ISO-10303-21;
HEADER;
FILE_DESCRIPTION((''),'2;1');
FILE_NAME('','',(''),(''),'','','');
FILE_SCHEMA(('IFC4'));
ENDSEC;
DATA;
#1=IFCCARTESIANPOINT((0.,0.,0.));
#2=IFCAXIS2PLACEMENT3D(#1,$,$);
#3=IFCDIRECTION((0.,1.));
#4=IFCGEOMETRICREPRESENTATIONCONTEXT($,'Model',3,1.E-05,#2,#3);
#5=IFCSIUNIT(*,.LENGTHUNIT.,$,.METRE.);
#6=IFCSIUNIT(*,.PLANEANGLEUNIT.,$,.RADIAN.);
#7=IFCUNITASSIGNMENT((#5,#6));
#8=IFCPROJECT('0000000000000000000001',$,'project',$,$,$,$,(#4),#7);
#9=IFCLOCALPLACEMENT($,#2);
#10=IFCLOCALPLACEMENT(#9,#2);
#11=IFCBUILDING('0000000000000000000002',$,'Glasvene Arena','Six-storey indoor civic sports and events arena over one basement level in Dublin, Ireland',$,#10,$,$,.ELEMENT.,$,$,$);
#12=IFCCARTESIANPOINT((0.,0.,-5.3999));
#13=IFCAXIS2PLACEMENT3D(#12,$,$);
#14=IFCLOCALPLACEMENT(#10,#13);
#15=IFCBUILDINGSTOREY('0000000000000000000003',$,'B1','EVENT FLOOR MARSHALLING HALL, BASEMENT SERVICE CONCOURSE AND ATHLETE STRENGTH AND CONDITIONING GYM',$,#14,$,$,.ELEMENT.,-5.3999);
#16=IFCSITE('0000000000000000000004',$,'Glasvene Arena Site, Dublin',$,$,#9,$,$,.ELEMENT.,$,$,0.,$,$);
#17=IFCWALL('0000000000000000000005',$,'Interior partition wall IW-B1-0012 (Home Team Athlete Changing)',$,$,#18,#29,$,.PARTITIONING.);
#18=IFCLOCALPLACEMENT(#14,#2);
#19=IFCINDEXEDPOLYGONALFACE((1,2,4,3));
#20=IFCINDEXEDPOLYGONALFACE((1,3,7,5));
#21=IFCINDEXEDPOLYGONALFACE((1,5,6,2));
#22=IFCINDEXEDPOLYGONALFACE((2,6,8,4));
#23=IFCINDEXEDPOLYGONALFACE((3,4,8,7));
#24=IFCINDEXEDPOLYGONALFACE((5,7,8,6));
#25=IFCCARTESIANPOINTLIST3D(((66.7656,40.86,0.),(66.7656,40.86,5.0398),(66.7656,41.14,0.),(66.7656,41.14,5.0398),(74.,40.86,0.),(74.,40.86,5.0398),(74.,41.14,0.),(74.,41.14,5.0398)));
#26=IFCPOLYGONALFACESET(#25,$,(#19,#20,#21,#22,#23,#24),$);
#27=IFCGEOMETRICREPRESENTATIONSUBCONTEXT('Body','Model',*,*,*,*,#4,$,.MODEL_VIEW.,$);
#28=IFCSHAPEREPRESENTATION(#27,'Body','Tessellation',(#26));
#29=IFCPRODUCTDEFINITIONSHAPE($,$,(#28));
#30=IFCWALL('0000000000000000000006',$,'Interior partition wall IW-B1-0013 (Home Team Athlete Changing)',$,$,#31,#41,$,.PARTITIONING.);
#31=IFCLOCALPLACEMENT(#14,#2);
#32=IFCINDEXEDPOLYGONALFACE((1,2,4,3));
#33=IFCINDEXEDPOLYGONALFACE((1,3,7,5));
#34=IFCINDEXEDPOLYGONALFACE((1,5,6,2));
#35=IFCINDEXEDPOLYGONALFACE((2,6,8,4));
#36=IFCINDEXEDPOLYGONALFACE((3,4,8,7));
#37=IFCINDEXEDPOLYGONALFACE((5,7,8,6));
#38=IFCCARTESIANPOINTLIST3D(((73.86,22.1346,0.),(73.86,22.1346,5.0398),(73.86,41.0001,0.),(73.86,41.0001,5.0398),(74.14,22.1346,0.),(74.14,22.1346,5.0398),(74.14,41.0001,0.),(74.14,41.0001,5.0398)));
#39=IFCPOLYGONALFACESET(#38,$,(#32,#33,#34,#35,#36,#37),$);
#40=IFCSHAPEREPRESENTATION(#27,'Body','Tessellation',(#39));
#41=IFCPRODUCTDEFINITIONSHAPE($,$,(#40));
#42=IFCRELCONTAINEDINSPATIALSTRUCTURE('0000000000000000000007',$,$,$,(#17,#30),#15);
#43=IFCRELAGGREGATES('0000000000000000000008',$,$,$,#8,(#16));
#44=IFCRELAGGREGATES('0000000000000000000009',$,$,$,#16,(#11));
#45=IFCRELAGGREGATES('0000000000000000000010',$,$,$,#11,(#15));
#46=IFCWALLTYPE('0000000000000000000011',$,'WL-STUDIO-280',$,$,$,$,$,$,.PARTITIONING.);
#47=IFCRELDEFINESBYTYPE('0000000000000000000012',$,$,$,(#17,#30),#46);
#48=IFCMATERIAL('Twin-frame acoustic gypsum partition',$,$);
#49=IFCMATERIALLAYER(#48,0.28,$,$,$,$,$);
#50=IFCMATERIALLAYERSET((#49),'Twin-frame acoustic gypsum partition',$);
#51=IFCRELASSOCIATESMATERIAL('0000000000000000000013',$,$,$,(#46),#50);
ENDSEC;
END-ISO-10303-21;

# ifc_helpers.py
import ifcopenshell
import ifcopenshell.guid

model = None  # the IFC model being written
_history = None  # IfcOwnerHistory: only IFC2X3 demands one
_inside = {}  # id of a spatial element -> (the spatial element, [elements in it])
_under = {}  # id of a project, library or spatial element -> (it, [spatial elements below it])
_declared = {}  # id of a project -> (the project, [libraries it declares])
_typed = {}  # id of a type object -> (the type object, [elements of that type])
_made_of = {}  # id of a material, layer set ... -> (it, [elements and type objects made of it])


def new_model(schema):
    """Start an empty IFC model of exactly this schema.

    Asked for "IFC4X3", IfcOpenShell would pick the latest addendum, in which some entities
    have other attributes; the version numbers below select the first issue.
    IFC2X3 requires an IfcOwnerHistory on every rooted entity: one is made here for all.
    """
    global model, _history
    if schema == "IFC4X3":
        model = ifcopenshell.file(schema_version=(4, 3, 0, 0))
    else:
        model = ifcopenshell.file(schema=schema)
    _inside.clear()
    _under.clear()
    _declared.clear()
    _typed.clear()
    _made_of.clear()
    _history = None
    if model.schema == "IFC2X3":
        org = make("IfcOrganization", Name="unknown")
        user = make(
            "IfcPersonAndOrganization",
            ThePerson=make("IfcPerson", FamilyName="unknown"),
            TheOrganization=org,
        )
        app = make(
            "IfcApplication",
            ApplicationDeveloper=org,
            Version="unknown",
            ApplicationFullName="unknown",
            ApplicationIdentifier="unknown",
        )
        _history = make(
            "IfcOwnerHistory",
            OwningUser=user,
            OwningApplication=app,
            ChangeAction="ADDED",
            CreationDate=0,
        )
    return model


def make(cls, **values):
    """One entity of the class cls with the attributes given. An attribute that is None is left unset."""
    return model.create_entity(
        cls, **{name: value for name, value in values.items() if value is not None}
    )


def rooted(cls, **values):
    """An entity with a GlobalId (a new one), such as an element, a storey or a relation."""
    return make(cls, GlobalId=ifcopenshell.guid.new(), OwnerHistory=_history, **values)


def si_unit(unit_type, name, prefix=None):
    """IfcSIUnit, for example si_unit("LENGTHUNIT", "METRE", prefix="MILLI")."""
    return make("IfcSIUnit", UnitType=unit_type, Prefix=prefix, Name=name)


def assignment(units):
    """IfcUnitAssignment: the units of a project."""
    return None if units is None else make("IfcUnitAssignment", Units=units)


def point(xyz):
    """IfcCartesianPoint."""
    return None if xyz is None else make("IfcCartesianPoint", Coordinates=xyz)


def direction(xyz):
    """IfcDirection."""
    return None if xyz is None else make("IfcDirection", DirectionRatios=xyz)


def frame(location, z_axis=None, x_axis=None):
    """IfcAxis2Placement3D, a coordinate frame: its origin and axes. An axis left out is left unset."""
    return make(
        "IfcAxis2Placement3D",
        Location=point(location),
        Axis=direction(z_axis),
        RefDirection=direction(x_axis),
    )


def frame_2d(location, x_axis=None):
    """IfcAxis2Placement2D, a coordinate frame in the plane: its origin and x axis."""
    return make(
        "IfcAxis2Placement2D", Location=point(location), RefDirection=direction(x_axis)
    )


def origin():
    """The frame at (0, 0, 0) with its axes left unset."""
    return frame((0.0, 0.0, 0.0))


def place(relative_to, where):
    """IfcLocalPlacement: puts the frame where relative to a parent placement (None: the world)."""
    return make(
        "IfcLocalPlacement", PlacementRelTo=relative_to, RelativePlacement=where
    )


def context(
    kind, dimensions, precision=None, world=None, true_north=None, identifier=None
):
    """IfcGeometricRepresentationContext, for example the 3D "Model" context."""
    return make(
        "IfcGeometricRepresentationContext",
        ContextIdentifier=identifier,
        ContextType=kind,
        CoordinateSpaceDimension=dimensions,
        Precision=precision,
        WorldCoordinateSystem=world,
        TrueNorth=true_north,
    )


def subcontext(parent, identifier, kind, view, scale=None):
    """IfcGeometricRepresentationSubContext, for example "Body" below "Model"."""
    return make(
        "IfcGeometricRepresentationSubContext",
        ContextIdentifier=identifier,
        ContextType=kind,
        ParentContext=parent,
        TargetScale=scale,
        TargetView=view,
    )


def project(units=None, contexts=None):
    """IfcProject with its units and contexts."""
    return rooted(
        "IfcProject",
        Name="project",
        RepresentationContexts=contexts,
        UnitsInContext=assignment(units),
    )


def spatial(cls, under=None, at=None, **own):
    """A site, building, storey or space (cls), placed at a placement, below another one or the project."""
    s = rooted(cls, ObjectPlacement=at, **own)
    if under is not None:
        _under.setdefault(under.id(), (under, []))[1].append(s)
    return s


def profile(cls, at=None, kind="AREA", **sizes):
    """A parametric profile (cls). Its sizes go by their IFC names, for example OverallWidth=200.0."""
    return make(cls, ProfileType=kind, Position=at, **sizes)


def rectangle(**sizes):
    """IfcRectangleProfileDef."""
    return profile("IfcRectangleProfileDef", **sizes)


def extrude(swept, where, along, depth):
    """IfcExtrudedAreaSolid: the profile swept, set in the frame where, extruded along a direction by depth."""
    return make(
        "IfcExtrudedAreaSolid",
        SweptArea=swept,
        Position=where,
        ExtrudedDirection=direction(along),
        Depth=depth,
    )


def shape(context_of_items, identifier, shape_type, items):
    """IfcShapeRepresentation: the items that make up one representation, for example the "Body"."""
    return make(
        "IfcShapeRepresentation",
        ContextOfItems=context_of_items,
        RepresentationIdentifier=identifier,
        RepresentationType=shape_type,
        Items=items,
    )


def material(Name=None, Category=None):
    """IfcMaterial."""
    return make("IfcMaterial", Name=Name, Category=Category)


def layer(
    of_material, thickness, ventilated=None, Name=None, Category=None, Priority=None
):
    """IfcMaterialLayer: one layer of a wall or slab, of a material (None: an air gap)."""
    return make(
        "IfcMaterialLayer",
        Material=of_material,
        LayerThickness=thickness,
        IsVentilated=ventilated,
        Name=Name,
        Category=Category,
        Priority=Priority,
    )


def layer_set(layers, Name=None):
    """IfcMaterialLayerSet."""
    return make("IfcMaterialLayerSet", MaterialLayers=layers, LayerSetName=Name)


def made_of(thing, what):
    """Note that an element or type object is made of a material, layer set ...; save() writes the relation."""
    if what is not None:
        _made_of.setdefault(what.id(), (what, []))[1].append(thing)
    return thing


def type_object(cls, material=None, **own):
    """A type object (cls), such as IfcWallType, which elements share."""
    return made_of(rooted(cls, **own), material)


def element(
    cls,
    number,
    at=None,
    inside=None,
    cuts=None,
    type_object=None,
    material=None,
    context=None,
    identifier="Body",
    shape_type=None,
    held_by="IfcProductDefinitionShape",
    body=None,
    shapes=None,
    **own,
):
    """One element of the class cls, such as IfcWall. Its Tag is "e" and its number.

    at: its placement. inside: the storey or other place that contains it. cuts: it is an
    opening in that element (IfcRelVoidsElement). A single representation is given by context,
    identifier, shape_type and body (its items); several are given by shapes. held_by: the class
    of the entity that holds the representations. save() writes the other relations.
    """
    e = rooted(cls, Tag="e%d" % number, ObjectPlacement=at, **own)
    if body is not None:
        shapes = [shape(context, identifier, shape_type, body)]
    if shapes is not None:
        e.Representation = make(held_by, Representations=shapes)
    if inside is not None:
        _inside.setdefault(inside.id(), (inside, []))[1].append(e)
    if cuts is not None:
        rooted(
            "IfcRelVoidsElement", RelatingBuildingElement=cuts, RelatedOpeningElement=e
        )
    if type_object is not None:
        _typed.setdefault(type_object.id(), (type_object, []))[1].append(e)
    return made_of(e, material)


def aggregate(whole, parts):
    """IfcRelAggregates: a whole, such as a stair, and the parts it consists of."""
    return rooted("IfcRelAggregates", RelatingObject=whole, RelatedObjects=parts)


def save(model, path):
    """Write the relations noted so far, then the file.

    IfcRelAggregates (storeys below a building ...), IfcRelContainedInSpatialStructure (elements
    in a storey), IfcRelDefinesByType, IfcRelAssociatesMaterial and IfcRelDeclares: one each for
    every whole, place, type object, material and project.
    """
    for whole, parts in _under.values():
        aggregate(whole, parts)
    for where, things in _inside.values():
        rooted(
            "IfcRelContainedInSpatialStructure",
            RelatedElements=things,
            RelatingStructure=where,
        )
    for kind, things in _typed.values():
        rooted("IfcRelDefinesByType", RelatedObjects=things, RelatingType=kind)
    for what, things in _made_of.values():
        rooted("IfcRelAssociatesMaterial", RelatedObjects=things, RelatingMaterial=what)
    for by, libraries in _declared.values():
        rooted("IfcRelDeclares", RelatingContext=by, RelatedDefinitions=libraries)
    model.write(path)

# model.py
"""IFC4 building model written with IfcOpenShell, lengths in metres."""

from ifc_helpers import new_model, si_unit, direction, frame, frame_2d, origin, place, context, subcontext, project, spatial, rectangle, extrude, material, layer, layer_set, type_object, element, save


model = new_model("IFC4")

# Units and contexts
model_context = context("Model", 3, precision=1e-05, world=origin(), true_north=direction((0.0, 1.0)))
body_context = subcontext(model_context, "Body", "Model", "MODEL_VIEW")
ifc_project = project(units=[si_unit("LENGTHUNIT", "METRE"), si_unit("PLANEANGLEUNIT", "RADIAN")], contexts=[model_context])

# Site, building, storey
site_placement = place(None, origin())
site = spatial("IfcSite", under=ifc_project, at=site_placement, Name="Glasvene Arena Site, Dublin", CompositionType="ELEMENT", RefElevation=0.0)
building_placement = place(site_placement, origin())
building = spatial("IfcBuilding", under=site, at=building_placement, Name="Glasvene Arena", Description="Six-storey indoor civic sports and events arena over one basement level in Dublin, Ireland", CompositionType="ELEMENT")
storey_placement = place(building_placement, frame((0.0, 0.0, -5.3999)))
storey = spatial("IfcBuildingStorey", under=building, at=storey_placement, Name="B1", Description="EVENT FLOOR MARSHALLING HALL, BASEMENT SERVICE CONCOURSE AND ATHLETE STRENGTH AND CONDITIONING GYM", CompositionType="ELEMENT", Elevation=-5.3999)

# Walls
ifc_material_1 = material(Name="Twin-frame acoustic gypsum partition")
ifc_layer = layer(ifc_material_1, 0.28)
ifc_layer_set = layer_set([ifc_layer], Name="Twin-frame acoustic gypsum partition")
wall_type = type_object("IfcWallType", Name="WL-STUDIO-280", PredefinedType="PARTITIONING", material=ifc_layer_set)
wall_1_placement = place(storey_placement, frame((66.7656, 41.0, 0.0), z_axis=(0.0, 0.0, 1.0), x_axis=(1.0, 0.0, 0.0)))
element("IfcWall", 1, at=wall_1_placement, inside=storey, type_object=wall_type, Name="Interior partition wall IW-B1-0012 (Home Team Athlete Changing)", PredefinedType="PARTITIONING", context=body_context, shape_type="SweptSolid", body=[
    extrude(rectangle(XDim=7.2344, YDim=0.28, at=frame_2d((3.6172, 0.0))), origin(), (0.0, 0.0, 1.0), 5.0398),
])
wall_2_placement = place(storey_placement, frame((74.0, 41.0, 0.0), z_axis=(0.0, 0.0, 1.0), x_axis=(0.0, -1.0, 0.0)))
element("IfcWall", 2, at=wall_2_placement, inside=storey, type_object=wall_type, Name="Interior partition wall IW-B1-0013 (Home Team Athlete Changing)", PredefinedType="PARTITIONING", context=body_context, shape_type="SweptSolid", body=[
    extrude(rectangle(XDim=18.8655, YDim=0.28, at=frame_2d((9.4326, 0.0))), origin(), (0.0, 0.0, 1.0), 5.0398),
])

save(model, "model.ifc")
